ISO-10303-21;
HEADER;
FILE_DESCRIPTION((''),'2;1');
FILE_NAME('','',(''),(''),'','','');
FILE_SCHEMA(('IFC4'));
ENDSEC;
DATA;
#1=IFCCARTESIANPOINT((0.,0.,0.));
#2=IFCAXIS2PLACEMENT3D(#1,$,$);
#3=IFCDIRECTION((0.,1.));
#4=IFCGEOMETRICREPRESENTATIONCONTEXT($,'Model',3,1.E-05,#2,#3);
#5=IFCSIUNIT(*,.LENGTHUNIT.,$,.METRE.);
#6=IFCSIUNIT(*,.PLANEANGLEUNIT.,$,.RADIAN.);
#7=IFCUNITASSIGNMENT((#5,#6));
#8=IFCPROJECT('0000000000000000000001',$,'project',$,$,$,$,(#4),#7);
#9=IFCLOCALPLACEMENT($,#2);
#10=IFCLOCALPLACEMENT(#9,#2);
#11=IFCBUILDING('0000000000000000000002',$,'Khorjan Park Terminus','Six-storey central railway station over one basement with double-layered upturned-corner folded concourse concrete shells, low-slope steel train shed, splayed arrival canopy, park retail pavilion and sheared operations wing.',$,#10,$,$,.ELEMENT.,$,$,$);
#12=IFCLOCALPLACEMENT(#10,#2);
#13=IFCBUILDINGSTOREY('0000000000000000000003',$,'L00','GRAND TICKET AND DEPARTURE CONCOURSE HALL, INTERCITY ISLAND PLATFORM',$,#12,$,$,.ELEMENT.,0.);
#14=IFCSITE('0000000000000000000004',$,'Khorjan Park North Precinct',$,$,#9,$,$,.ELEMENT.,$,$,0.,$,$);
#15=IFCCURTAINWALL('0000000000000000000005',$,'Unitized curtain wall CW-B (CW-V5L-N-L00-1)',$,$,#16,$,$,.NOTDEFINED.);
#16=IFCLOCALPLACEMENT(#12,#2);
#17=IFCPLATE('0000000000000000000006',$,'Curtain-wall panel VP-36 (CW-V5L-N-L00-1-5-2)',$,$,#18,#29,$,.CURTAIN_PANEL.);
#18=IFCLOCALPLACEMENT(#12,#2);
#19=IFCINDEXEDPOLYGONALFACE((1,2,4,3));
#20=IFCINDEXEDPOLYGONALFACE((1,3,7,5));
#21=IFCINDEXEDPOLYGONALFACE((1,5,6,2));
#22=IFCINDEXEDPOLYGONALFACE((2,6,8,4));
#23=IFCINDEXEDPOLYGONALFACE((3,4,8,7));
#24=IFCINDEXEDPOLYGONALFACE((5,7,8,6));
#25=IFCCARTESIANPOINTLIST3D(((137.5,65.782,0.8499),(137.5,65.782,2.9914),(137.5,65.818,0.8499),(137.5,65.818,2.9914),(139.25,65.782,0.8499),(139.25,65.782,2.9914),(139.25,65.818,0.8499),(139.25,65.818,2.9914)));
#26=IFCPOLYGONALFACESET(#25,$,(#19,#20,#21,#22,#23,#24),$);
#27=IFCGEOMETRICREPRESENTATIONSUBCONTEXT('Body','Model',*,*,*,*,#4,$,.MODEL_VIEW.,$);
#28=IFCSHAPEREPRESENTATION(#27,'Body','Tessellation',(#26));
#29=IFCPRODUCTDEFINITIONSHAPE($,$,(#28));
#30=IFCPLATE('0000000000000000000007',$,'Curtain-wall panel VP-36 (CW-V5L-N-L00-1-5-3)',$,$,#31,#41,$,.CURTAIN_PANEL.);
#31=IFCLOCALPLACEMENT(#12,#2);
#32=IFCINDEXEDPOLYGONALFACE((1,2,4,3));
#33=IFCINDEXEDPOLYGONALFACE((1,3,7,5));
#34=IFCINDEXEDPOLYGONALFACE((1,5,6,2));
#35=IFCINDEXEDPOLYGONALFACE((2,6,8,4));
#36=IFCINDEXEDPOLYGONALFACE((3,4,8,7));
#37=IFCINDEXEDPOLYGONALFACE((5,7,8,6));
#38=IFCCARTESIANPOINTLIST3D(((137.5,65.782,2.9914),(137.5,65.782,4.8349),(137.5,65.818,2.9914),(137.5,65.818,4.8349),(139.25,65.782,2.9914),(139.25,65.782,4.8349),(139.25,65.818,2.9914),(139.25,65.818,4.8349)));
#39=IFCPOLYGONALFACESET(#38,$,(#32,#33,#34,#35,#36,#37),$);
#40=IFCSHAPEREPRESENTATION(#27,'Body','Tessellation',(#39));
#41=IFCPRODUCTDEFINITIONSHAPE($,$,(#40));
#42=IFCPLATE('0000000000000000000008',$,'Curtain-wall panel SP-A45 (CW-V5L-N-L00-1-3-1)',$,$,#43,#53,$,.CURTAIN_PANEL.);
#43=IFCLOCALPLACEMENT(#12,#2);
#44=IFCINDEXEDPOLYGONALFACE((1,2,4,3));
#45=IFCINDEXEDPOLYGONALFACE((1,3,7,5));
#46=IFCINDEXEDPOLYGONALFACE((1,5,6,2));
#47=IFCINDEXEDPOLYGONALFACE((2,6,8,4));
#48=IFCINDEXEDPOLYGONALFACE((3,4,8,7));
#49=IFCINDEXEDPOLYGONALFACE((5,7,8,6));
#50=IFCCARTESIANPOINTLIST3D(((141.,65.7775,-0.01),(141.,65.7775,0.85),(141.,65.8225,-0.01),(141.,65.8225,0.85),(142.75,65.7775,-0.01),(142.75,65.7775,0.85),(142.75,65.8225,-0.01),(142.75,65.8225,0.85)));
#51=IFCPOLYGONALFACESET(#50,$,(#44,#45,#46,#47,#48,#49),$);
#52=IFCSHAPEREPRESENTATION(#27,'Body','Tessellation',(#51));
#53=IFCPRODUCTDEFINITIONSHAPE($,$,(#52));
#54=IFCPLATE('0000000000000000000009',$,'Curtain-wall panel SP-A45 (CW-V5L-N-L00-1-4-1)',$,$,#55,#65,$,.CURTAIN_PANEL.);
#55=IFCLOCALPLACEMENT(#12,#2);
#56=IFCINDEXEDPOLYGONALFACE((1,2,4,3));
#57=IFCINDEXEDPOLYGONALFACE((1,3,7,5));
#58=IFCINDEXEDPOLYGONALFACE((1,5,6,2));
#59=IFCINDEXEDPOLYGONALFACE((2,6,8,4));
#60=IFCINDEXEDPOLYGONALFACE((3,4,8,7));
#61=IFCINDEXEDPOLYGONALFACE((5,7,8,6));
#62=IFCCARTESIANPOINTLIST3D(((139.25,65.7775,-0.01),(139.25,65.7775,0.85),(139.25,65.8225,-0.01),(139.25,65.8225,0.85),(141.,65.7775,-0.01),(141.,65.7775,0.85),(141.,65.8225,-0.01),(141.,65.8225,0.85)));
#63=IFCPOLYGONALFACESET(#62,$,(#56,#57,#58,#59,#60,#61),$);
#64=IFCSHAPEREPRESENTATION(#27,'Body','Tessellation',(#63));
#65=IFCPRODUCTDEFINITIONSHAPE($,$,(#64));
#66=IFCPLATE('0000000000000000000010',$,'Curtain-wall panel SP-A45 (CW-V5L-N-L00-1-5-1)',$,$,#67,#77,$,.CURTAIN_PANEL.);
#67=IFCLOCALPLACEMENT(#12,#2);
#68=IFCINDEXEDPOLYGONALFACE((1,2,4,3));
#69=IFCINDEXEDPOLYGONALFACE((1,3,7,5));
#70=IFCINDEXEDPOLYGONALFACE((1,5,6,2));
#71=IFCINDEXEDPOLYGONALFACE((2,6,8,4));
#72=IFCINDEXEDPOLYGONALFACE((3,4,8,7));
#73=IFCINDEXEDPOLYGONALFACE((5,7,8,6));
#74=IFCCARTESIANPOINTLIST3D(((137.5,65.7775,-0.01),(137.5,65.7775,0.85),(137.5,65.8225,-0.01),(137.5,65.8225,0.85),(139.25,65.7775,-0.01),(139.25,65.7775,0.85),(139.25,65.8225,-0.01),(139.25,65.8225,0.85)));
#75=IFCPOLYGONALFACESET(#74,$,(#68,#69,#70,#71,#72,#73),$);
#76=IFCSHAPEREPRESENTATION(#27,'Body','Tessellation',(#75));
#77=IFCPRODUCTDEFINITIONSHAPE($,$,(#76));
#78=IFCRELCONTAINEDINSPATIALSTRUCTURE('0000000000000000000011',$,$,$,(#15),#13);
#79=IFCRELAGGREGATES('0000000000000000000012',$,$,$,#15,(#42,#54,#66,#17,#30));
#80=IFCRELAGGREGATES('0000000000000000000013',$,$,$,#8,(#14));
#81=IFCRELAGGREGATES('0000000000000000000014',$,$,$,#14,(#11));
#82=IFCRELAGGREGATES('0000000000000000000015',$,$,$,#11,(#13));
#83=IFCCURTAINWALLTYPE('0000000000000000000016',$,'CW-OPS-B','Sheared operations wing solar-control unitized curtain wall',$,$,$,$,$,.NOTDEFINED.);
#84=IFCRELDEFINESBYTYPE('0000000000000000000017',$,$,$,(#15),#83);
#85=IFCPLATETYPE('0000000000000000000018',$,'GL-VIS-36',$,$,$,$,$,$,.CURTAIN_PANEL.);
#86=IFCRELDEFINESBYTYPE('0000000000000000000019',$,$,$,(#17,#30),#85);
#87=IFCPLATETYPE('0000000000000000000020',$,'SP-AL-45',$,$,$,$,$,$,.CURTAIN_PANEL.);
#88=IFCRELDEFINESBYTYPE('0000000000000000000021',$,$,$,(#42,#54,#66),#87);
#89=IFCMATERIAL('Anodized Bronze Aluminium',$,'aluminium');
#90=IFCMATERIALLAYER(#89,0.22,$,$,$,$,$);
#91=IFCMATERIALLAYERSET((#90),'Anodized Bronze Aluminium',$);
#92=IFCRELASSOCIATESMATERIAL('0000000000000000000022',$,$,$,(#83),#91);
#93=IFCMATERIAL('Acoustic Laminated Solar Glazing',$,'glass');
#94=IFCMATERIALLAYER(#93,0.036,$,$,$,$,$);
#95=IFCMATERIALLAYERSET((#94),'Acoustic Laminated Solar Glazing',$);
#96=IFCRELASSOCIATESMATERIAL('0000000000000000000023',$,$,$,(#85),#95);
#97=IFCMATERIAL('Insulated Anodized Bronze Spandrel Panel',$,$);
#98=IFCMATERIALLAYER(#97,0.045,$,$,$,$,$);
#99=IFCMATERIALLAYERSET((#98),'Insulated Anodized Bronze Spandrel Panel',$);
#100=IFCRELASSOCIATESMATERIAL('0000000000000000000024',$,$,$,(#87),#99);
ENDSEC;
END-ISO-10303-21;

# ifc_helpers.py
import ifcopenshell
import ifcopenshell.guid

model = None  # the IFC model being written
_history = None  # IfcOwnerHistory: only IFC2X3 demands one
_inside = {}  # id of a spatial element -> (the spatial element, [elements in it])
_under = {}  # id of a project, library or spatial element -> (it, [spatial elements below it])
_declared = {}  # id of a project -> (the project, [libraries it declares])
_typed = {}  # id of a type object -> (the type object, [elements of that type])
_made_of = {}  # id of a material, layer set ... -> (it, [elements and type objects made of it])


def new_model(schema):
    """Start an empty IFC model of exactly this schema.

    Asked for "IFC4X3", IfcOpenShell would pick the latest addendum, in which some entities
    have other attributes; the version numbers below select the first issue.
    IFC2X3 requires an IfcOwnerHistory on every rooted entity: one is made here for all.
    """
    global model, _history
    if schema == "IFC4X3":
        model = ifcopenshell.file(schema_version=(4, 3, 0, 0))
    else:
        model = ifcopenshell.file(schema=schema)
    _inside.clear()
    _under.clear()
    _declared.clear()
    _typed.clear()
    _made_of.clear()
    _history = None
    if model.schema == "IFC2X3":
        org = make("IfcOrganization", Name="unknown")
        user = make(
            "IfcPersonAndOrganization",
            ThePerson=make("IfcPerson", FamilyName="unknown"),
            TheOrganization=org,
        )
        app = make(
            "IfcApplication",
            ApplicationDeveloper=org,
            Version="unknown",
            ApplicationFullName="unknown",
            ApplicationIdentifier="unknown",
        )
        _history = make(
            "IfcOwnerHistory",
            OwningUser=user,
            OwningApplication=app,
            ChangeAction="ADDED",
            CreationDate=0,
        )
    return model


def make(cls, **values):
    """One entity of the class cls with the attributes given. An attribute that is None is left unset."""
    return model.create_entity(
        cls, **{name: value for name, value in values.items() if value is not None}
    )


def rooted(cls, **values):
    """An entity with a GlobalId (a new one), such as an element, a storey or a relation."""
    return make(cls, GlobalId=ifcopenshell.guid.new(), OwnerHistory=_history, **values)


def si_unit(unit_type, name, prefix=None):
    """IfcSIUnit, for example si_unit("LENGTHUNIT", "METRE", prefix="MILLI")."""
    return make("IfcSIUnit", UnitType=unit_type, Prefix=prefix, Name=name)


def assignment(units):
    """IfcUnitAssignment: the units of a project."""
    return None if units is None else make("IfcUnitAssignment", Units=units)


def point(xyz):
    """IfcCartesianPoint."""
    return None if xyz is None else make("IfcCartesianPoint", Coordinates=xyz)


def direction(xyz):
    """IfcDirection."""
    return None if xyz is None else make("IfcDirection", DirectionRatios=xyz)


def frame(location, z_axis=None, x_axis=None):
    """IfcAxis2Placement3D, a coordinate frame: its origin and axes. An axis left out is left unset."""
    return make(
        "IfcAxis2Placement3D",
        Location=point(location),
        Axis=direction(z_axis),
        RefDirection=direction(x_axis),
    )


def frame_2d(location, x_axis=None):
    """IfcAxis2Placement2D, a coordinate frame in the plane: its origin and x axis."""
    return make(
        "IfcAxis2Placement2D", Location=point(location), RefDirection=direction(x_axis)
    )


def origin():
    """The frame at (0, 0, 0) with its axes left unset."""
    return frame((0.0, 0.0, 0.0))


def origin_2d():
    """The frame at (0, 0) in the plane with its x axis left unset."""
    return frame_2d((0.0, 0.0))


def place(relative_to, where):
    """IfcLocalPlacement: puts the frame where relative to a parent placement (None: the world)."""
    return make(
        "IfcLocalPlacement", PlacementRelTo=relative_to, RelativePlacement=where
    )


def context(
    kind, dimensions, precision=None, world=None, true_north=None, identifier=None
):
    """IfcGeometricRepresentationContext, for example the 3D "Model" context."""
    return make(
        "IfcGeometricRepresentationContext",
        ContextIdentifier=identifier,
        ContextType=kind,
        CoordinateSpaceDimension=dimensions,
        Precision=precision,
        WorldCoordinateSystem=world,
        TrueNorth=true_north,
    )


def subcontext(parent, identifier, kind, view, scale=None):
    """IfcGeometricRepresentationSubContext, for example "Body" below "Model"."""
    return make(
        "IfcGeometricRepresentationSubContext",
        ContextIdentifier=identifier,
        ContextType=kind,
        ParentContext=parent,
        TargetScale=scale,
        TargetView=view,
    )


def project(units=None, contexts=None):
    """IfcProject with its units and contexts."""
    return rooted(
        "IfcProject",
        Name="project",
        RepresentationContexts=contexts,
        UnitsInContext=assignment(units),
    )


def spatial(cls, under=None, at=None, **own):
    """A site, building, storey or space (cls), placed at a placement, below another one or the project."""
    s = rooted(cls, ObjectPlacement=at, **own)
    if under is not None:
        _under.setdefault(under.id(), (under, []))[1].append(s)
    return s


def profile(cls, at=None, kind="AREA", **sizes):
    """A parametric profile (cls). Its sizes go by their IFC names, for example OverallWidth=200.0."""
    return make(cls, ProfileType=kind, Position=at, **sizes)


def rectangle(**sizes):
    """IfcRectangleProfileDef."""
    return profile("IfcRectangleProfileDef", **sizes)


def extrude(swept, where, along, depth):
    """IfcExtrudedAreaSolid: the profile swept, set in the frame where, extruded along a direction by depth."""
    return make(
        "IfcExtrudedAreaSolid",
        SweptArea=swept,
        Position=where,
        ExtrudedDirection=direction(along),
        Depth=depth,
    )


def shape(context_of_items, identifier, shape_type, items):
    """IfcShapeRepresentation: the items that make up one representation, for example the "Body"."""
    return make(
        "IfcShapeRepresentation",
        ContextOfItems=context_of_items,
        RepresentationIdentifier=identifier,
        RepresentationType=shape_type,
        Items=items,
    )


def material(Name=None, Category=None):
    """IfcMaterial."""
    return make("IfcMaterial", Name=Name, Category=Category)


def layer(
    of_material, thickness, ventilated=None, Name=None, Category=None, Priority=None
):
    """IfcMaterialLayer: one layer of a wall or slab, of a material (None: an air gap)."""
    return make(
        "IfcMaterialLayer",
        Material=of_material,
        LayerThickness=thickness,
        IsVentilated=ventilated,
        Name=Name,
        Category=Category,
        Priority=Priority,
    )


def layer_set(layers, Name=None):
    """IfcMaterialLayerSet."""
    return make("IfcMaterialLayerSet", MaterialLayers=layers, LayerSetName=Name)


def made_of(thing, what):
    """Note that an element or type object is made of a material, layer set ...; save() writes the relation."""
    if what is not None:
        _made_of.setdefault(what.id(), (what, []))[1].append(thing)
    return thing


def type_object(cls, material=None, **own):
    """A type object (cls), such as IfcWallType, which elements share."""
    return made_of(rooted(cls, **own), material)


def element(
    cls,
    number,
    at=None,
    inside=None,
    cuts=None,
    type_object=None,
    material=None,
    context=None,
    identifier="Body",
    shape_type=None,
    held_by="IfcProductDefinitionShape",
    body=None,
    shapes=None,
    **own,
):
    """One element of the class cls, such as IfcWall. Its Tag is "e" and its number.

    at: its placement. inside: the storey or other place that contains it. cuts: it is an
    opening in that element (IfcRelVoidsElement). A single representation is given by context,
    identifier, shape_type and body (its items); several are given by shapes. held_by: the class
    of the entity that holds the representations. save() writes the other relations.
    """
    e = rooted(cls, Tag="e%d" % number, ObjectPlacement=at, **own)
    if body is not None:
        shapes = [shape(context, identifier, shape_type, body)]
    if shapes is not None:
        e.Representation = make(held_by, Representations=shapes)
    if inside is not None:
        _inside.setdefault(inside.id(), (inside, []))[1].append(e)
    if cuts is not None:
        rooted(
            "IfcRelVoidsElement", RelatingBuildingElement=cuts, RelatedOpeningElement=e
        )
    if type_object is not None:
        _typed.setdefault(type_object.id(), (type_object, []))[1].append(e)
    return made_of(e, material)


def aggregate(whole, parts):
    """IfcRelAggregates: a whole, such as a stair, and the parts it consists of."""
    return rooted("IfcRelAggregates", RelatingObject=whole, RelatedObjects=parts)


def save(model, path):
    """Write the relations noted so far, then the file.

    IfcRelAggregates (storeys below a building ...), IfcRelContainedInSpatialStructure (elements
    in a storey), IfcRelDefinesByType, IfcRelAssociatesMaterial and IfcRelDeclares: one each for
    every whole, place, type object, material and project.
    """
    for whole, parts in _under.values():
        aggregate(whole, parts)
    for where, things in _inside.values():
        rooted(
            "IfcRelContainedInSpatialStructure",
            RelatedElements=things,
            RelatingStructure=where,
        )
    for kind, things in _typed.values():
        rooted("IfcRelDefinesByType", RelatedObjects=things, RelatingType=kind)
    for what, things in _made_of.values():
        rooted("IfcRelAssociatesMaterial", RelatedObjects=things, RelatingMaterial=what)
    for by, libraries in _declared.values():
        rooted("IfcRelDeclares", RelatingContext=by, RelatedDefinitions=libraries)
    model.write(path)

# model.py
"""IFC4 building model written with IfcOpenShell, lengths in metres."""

from ifc_helpers import new_model, si_unit, direction, frame, origin, origin_2d, place, context, subcontext, project, spatial, rectangle, extrude, material, layer, layer_set, type_object, element, aggregate, save


model = new_model("IFC4")

# Units and contexts
model_context = context("Model", 3, precision=1e-05, world=origin(), true_north=direction((0.0, 1.0)))
body_context = subcontext(model_context, "Body", "Model", "MODEL_VIEW")
ifc_project = project(units=[si_unit("LENGTHUNIT", "METRE"), si_unit("PLANEANGLEUNIT", "RADIAN")], contexts=[model_context])

# Site, building, storey
site_placement = place(None, origin())
site = spatial("IfcSite", under=ifc_project, at=site_placement, Name="Khorjan Park North Precinct", CompositionType="ELEMENT", RefElevation=0.0)
building_placement = place(site_placement, origin())
building = spatial("IfcBuilding", under=site, at=building_placement, Name="Khorjan Park Terminus", Description="Six-storey central railway station over one basement with double-layered upturned-corner folded concourse concrete shells, low-slope steel train shed, splayed arrival canopy, park retail pavilion and sheared operations wing.", CompositionType="ELEMENT")
storey_placement = place(building_placement, origin())
storey = spatial("IfcBuildingStorey", under=building, at=storey_placement, Name="L00", Description="GRAND TICKET AND DEPARTURE CONCOURSE HALL, INTERCITY ISLAND PLATFORM", CompositionType="ELEMENT", Elevation=0.0)

# Curtain wall, plates
ifc_material_1 = material(Name="Anodized Bronze Aluminium", Category="aluminium")
ifc_layer_1 = layer(ifc_material_1, 0.22)
ifc_layer_set_1 = layer_set([ifc_layer_1], Name="Anodized Bronze Aluminium")
curtain_wall_type = type_object("IfcCurtainWallType", Name="CW-OPS-B", Description="Sheared operations wing solar-control unitized curtain wall", PredefinedType="NOTDEFINED", material=ifc_layer_set_1)
curtain_wall_placement = place(storey_placement, origin())
curtain_wall = element("IfcCurtainWall", 1, at=curtain_wall_placement, inside=storey, type_object=curtain_wall_type, Name="Unitized curtain wall CW-B (CW-V5L-N-L00-1)", PredefinedType="NOTDEFINED")
ifc_material_2 = material(Name="Acoustic Laminated Solar Glazing", Category="glass")
ifc_layer_2 = layer(ifc_material_2, 0.036)
ifc_layer_set_2 = layer_set([ifc_layer_2], Name="Acoustic Laminated Solar Glazing")
plate_type_1 = type_object("IfcPlateType", Name="GL-VIS-36", PredefinedType="CURTAIN_PANEL", material=ifc_layer_set_2)
plate_1_placement = place(storey_placement, frame((138.375, 65.8, 0.8499), z_axis=(0.0, 0.0, 1.0), x_axis=(-1.0, 0.0, 0.0)))
plate_1 = element("IfcPlate", 2, at=plate_1_placement, type_object=plate_type_1, Name="Curtain-wall panel VP-36 (CW-V5L-N-L00-1-5-2)", PredefinedType="CURTAIN_PANEL", context=body_context, shape_type="SweptSolid", body=[
    extrude(rectangle(XDim=1.75, YDim=0.036, at=origin_2d()), origin(), (0.0, 0.0, 1.0), 2.1415),
])
plate_2_placement = place(storey_placement, frame((138.375, 65.8, 2.9914), z_axis=(0.0, 0.0, 1.0), x_axis=(-1.0, 0.0, 0.0)))
plate_2 = element("IfcPlate", 3, at=plate_2_placement, type_object=plate_type_1, Name="Curtain-wall panel VP-36 (CW-V5L-N-L00-1-5-3)", PredefinedType="CURTAIN_PANEL", context=body_context, shape_type="SweptSolid", body=[
    extrude(rectangle(XDim=1.75, YDim=0.036, at=origin_2d()), origin(), (0.0, 0.0, 1.0), 1.8435),
])
ifc_material_3 = material(Name="Insulated Anodized Bronze Spandrel Panel")
ifc_layer_3 = layer(ifc_material_3, 0.045)
ifc_layer_set_3 = layer_set([ifc_layer_3], Name="Insulated Anodized Bronze Spandrel Panel")
plate_type_2 = type_object("IfcPlateType", Name="SP-AL-45", PredefinedType="CURTAIN_PANEL", material=ifc_layer_set_3)
plate_3_placement = place(storey_placement, frame((141.875, 65.8, -0.01), z_axis=(0.0, 0.0, 1.0), x_axis=(-1.0, 0.0, 0.0)))
plate_3 = element("IfcPlate", 4, at=plate_3_placement, type_object=plate_type_2, Name="Curtain-wall panel SP-A45 (CW-V5L-N-L00-1-3-1)", PredefinedType="CURTAIN_PANEL", context=body_context, shape_type="SweptSolid", body=[
    extrude(rectangle(XDim=1.75, YDim=0.045, at=origin_2d()), origin(), (0.0, 0.0, 1.0), 0.86),
])
plate_4_placement = place(storey_placement, frame((140.125, 65.8, -0.01), z_axis=(0.0, 0.0, 1.0), x_axis=(-1.0, 0.0, 0.0)))
plate_4 = element("IfcPlate", 5, at=plate_4_placement, type_object=plate_type_2, Name="Curtain-wall panel SP-A45 (CW-V5L-N-L00-1-4-1)", PredefinedType="CURTAIN_PANEL", context=body_context, shape_type="SweptSolid", body=[
    extrude(rectangle(XDim=1.75, YDim=0.045, at=origin_2d()), origin(), (0.0, 0.0, 1.0), 0.86),
])
plate_5_placement = place(storey_placement, frame((138.375, 65.8, -0.01), z_axis=(0.0, 0.0, 1.0), x_axis=(-1.0, 0.0, 0.0)))
plate_5 = element("IfcPlate", 6, at=plate_5_placement, type_object=plate_type_2, Name="Curtain-wall panel SP-A45 (CW-V5L-N-L00-1-5-1)", PredefinedType="CURTAIN_PANEL", context=body_context, shape_type="SweptSolid", body=[
    extrude(rectangle(XDim=1.75, YDim=0.045, at=origin_2d()), origin(), (0.0, 0.0, 1.0), 0.86),
])
aggregate(curtain_wall, [plate_3, plate_4, plate_5, plate_1, plate_2])

save(model, "model.ifc")
